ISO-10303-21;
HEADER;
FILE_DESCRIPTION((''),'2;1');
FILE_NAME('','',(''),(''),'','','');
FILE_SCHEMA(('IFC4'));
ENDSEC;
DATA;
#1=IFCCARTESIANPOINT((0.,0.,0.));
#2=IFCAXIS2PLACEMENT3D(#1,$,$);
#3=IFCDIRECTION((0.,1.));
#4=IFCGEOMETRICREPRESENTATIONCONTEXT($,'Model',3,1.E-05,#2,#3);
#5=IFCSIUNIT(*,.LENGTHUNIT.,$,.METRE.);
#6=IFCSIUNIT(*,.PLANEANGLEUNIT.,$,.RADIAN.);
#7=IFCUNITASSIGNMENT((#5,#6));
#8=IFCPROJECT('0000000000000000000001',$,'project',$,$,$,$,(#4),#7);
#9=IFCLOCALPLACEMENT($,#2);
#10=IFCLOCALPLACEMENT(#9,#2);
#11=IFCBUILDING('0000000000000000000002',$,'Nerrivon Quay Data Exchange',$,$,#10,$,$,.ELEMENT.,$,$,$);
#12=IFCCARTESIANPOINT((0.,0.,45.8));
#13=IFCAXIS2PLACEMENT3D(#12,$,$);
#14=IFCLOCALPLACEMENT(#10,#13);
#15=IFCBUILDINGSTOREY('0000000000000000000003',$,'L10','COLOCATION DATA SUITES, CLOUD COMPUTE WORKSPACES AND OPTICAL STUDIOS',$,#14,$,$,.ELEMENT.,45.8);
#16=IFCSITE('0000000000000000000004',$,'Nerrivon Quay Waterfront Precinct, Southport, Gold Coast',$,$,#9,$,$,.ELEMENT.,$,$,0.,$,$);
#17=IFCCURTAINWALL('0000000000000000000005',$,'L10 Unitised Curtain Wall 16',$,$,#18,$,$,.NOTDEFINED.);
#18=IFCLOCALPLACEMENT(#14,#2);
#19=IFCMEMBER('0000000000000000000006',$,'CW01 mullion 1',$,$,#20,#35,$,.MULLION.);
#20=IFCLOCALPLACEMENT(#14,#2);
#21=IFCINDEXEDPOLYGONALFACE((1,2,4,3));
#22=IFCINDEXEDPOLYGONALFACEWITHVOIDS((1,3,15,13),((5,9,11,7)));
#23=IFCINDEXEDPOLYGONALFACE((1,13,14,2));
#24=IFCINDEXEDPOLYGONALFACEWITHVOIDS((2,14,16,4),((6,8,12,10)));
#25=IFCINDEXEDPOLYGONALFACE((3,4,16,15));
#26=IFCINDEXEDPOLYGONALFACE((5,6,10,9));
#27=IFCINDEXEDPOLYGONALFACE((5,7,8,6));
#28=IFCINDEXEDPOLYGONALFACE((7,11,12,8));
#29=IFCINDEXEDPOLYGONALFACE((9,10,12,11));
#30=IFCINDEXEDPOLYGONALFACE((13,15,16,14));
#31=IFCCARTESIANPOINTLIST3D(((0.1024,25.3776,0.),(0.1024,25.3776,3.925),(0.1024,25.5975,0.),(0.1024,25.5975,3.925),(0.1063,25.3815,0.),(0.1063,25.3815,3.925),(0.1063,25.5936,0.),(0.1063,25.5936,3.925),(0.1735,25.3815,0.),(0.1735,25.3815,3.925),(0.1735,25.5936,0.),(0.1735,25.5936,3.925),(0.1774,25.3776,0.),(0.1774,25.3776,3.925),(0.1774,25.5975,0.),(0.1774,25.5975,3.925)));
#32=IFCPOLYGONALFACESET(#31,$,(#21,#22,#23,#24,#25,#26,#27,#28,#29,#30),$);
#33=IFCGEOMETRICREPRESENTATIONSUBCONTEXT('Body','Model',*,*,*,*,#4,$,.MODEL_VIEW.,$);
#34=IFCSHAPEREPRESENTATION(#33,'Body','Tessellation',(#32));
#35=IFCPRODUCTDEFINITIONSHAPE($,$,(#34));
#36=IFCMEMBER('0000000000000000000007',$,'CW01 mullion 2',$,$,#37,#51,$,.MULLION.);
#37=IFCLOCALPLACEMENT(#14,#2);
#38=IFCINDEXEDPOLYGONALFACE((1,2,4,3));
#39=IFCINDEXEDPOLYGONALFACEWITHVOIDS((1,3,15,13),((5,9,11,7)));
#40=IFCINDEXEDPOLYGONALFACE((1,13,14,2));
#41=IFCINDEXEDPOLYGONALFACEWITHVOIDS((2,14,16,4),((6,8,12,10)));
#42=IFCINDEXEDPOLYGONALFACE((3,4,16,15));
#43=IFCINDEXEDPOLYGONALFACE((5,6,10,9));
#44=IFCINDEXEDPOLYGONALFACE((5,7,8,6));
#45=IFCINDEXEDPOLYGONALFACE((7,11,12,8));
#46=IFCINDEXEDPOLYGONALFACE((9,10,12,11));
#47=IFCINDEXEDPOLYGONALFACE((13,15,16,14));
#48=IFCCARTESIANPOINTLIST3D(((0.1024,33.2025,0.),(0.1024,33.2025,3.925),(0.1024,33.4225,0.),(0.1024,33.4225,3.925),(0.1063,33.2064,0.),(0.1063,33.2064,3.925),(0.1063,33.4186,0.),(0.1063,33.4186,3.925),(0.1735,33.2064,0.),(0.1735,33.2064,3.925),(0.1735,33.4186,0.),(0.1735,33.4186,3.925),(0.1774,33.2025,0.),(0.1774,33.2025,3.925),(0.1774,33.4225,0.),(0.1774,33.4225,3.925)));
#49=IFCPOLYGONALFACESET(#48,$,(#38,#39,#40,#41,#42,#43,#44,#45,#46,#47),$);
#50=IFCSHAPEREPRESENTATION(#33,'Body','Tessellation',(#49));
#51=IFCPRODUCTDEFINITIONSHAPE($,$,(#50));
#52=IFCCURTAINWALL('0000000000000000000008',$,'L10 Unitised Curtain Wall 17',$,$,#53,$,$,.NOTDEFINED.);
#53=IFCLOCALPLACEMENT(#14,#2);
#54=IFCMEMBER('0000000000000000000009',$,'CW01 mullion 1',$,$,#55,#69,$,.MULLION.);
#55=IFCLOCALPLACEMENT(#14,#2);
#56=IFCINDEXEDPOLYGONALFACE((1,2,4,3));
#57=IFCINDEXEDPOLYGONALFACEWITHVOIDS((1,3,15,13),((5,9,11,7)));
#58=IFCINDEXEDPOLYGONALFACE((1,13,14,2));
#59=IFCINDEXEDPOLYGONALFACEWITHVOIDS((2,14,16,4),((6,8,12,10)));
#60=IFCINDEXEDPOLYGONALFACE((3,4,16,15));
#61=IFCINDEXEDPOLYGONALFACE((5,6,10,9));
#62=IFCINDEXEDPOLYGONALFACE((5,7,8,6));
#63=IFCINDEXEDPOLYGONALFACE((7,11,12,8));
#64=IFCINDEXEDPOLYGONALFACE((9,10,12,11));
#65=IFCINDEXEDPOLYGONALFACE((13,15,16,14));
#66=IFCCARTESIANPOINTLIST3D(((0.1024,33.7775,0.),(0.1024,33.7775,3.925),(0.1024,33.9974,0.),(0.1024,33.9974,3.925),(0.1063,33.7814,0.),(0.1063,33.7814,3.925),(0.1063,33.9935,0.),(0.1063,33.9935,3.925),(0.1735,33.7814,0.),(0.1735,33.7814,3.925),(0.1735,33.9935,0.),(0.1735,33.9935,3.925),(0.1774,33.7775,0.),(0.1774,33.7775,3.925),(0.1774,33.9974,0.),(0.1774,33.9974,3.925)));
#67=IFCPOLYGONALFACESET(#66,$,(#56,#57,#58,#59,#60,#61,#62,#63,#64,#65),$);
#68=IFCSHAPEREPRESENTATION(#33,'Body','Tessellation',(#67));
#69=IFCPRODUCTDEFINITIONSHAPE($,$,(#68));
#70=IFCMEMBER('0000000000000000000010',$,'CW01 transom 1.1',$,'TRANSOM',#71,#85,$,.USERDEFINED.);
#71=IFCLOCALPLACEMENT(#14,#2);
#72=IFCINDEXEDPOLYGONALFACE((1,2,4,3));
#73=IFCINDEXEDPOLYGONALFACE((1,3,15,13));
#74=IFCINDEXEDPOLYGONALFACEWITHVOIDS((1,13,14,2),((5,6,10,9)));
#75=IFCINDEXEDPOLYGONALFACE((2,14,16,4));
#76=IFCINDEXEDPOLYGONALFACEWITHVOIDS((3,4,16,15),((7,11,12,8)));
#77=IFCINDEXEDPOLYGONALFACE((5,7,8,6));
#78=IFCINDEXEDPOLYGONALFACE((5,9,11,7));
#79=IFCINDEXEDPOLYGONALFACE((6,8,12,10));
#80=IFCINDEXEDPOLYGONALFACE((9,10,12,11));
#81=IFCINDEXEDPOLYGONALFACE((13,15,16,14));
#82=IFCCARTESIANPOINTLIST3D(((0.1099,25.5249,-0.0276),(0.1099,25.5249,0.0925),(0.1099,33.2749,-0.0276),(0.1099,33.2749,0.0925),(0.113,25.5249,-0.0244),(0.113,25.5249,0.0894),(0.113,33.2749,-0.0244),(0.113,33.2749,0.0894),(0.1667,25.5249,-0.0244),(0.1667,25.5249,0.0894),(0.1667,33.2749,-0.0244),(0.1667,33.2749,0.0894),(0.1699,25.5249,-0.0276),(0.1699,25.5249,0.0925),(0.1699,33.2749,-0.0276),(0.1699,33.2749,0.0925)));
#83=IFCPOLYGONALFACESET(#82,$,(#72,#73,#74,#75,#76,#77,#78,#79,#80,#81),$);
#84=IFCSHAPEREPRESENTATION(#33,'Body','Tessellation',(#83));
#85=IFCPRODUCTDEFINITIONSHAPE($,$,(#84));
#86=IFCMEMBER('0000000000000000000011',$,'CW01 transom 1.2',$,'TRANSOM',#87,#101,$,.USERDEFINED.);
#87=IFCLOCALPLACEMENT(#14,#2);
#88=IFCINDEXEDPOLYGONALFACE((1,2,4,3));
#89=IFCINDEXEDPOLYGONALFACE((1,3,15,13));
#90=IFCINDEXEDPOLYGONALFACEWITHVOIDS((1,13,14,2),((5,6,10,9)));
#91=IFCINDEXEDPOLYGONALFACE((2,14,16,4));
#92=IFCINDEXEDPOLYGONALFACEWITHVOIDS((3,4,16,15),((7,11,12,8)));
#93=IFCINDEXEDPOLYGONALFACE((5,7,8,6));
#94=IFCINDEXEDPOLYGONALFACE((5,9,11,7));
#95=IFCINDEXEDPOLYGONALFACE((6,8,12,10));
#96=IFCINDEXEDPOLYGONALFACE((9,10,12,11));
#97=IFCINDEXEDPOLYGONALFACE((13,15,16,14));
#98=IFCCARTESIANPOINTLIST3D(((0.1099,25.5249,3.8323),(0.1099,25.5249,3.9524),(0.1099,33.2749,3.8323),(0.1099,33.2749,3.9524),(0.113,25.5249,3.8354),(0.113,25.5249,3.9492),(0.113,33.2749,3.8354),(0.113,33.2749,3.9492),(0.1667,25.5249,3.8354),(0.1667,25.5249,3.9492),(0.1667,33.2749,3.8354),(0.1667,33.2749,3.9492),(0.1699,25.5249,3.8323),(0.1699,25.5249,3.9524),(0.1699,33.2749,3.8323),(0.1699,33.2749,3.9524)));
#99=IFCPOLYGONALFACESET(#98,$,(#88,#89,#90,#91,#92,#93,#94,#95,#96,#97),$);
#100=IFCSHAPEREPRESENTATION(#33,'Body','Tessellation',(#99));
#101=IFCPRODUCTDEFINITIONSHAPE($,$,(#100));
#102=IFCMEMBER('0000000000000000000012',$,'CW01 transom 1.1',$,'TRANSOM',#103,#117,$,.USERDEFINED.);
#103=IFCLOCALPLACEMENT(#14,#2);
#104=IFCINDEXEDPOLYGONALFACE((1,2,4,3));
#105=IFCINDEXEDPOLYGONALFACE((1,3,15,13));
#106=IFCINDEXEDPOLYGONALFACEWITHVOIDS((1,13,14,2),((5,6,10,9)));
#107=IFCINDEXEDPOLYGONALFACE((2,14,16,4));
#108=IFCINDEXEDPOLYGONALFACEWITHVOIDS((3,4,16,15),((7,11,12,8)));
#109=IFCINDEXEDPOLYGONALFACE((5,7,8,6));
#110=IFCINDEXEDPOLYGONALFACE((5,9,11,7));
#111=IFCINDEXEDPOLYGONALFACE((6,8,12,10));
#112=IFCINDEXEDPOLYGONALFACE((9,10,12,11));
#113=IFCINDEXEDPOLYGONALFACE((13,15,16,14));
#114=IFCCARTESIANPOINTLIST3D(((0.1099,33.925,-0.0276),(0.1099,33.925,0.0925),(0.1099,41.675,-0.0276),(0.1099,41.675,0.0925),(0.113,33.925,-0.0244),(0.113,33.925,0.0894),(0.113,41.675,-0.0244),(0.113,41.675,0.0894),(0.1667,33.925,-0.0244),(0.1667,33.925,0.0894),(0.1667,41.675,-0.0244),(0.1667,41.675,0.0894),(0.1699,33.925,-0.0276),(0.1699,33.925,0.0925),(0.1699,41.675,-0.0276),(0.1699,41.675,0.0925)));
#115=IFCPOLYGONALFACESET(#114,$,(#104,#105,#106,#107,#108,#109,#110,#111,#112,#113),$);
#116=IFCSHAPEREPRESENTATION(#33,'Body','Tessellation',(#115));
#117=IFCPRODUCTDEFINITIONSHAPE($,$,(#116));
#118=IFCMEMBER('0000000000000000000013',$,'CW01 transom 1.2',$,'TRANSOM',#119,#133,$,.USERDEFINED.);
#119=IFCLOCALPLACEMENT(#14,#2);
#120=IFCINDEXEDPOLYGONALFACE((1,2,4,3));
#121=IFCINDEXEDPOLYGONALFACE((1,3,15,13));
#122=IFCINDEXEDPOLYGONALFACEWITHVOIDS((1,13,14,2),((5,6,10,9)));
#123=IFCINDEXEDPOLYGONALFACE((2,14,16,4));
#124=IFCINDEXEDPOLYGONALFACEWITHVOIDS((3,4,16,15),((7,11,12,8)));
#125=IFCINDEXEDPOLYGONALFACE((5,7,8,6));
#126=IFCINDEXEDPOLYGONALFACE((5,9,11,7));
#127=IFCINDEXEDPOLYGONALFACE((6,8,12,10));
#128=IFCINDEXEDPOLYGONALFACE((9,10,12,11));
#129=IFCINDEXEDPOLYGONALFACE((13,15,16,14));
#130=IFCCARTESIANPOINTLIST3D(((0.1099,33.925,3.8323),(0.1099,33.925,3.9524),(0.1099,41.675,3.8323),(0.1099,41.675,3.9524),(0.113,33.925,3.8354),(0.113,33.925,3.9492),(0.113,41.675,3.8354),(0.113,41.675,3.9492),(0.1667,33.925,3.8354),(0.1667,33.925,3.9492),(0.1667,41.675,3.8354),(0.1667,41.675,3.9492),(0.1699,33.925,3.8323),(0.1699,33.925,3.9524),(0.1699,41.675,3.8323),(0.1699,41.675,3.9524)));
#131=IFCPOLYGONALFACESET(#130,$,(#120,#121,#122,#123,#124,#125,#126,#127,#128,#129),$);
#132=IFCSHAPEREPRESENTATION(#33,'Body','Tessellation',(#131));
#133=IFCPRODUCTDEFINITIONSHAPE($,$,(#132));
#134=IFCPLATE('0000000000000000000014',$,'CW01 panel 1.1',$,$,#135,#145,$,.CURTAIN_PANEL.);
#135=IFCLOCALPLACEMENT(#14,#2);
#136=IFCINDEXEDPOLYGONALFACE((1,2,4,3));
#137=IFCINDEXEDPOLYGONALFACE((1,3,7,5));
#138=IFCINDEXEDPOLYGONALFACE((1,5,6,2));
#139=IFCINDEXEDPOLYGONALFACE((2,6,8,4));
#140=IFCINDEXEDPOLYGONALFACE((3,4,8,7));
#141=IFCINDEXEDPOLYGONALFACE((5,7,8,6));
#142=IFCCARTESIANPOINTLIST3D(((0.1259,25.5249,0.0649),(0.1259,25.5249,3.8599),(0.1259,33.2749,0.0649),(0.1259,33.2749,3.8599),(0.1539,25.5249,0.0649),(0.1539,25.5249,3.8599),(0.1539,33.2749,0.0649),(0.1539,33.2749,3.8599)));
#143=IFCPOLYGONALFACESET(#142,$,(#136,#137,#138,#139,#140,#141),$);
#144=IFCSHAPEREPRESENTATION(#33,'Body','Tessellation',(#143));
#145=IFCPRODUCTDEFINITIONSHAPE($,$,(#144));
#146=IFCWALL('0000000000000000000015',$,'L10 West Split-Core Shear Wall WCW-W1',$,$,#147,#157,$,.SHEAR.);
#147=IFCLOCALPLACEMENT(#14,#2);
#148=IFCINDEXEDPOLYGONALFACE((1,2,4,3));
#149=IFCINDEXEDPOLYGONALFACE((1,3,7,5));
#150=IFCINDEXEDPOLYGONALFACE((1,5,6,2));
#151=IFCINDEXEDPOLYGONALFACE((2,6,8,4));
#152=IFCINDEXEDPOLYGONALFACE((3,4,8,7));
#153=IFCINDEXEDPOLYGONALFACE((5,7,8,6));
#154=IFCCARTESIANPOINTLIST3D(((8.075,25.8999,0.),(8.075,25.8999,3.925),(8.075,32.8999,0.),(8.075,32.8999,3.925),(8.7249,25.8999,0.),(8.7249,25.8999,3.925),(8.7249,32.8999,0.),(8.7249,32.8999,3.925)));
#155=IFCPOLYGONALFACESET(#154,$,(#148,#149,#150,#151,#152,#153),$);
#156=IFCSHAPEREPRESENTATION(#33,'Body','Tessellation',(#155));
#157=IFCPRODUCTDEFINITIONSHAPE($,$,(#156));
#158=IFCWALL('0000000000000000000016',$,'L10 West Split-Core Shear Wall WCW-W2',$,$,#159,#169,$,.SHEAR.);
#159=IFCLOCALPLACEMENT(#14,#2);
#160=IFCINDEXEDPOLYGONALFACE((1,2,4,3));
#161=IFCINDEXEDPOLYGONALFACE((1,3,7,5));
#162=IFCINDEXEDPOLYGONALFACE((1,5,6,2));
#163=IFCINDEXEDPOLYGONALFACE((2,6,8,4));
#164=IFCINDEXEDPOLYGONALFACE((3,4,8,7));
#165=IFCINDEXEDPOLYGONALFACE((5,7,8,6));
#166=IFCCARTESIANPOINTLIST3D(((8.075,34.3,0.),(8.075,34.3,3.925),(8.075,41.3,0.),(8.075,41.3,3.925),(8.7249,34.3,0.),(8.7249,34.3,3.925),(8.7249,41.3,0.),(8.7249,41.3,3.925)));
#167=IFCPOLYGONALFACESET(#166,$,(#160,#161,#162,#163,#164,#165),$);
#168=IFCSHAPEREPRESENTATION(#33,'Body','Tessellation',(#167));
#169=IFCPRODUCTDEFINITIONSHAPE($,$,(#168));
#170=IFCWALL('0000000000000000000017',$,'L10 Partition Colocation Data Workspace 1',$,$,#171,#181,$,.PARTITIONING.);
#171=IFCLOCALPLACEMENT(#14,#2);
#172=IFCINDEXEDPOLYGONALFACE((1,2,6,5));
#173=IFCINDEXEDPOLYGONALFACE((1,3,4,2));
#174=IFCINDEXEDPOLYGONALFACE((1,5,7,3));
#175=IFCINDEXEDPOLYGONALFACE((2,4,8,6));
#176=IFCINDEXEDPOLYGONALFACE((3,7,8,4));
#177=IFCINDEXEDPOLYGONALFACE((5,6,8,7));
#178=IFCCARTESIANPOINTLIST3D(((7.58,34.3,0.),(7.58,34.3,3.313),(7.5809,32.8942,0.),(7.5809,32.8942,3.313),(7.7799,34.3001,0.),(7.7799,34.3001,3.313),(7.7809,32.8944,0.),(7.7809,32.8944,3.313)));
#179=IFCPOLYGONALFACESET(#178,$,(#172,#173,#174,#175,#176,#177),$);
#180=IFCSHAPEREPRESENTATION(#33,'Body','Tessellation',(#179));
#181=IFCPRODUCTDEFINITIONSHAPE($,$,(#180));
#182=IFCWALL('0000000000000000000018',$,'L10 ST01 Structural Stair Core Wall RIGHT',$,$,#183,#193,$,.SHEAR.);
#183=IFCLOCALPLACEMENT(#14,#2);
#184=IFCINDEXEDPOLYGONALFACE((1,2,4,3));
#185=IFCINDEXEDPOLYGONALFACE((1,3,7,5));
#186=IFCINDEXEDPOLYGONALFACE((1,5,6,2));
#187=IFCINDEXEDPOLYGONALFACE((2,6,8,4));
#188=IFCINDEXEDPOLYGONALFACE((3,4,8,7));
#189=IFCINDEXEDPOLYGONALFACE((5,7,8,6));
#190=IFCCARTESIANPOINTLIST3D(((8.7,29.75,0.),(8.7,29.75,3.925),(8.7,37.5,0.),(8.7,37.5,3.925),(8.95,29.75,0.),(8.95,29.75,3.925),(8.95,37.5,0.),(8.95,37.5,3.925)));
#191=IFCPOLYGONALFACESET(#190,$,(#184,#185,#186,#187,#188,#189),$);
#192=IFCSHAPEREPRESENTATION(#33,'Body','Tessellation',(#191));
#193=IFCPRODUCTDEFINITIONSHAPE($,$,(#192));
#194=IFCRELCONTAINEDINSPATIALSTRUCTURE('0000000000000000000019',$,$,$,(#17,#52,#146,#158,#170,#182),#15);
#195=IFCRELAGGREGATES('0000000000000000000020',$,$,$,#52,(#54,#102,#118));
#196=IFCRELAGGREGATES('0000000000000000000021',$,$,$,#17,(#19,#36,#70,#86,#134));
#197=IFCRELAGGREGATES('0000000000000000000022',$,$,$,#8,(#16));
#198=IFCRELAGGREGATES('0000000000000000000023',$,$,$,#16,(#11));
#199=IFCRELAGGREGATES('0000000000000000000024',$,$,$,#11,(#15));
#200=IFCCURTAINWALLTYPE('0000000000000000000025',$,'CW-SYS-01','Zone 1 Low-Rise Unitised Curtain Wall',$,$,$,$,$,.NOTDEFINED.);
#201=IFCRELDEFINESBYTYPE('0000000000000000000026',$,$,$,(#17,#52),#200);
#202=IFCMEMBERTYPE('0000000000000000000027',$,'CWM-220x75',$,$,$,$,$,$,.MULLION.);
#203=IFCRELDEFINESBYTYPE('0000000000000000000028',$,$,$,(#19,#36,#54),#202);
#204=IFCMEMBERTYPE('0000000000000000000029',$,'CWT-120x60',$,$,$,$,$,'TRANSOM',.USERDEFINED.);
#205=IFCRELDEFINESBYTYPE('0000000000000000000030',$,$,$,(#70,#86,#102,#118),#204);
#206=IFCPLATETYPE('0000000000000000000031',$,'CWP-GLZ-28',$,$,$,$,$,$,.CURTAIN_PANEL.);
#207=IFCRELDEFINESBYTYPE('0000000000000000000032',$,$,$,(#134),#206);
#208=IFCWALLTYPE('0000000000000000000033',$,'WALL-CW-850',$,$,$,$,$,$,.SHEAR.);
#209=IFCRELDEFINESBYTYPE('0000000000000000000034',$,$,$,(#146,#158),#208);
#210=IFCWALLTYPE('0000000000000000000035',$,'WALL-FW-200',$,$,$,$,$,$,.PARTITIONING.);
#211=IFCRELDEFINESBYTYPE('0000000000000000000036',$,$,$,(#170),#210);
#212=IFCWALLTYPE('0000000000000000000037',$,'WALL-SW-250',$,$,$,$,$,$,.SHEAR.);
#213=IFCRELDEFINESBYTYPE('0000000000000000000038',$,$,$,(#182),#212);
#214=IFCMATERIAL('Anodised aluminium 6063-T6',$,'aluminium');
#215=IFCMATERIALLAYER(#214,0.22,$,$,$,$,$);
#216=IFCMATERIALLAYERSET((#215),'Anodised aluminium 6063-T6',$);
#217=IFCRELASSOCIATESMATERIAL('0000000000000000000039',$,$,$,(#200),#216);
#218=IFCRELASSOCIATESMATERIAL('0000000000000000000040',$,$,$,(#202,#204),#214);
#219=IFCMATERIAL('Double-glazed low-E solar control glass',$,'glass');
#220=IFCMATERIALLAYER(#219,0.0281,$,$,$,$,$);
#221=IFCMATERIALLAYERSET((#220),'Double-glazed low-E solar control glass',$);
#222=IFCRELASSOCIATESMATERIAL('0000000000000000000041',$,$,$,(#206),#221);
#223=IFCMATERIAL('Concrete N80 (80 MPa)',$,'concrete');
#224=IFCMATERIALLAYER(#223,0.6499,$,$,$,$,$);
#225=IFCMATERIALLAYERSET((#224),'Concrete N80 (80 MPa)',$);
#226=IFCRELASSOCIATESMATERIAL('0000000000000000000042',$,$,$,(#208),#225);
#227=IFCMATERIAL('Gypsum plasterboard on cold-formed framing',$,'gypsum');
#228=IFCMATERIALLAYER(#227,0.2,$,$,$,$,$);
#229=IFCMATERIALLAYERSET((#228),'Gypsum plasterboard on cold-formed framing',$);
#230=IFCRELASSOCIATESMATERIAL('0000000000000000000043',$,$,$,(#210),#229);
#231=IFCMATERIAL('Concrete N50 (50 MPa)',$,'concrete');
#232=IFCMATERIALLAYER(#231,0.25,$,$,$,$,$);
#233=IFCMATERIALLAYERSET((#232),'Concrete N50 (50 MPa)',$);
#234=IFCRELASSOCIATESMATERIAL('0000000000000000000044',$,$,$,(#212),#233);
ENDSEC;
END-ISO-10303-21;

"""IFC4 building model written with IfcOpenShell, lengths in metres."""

from ifc_helpers import new_model, si_unit, direction, frame, frame_2d, origin, origin_2d, place, context, subcontext, project, spatial, rectangle, hollow_rectangle, extrude, material, layer, layer_set, material_profile, profile_set, type_object, element, aggregate, save


model = new_model("IFC4")

# Units and contexts
model_context = context("Model", 3, precision=1e-05, world=origin(), true_north=direction((0.0, 1.0)))
body_context = subcontext(model_context, "Body", "Model", "MODEL_VIEW")
ifc_project = project(units=[si_unit("LENGTHUNIT", "METRE"), si_unit("PLANEANGLEUNIT", "RADIAN")], contexts=[model_context])

# Site, building, storey
site_placement = place(None, origin())
site = spatial("IfcSite", under=ifc_project, at=site_placement, Name="Nerrivon Quay Waterfront Precinct, Southport, Gold Coast", CompositionType="ELEMENT", RefElevation=0.0)
building_placement = place(site_placement, origin())
building = spatial("IfcBuilding", under=site, at=building_placement, Name="Nerrivon Quay Data Exchange", CompositionType="ELEMENT")
storey_placement = place(building_placement, frame((0.0, 0.0, 45.8)))
storey = spatial("IfcBuildingStorey", under=building, at=storey_placement, Name="L10", Description="COLOCATION DATA SUITES, CLOUD COMPUTE WORKSPACES AND OPTICAL STUDIOS", CompositionType="ELEMENT", Elevation=45.8)

# Shared definitions
ifc_material_1 = material(Name="Concrete N80 (80 MPa)", Category="concrete")

# Curtain wall, members
ifc_material_2 = material(Name="Anodised aluminium 6063-T6", Category="aluminium")
ifc_layer_1 = layer(ifc_material_2, 0.22)
ifc_layer_set_1 = layer_set([ifc_layer_1], Name="Anodised aluminium 6063-T6")
curtain_wall_type = type_object("IfcCurtainWallType", Name="CW-SYS-01", Description="Zone 1 Low-Rise Unitised Curtain Wall", PredefinedType="NOTDEFINED", material=ifc_layer_set_1)
curtain_wall_1_placement = place(storey_placement, origin())
curtain_wall_1 = element("IfcCurtainWall", 1, at=curtain_wall_1_placement, inside=storey, type_object=curtain_wall_type, Name="L10 Unitised Curtain Wall 16", PredefinedType="NOTDEFINED")
ifc_material_profile_1 = material_profile(ifc_material_2, hollow_rectangle(XDim=0.075, YDim=0.22, WallThickness=0.0039, at=origin_2d()), Name="ALU-MULL-220x75")
ifc_profile_set_1 = profile_set([ifc_material_profile_1], Name="Anodised aluminium 6063-T6")
member_type_1 = type_object("IfcMemberType", Name="CWM-220x75", PredefinedType="MULLION", material=ifc_profile_set_1)
member_1_placement = place(storey_placement, frame((0.1399, 25.4875, 0.0), z_axis=(0.0, 0.0, 1.0), x_axis=(-1.0, 0.0, 0.0)))
member_1 = element("IfcMember", 2, at=member_1_placement, type_object=member_type_1, Name="CW01 mullion 1", PredefinedType="MULLION", context=body_context, shape_type="SweptSolid", body=[
    extrude(hollow_rectangle(XDim=0.075, YDim=0.22, WallThickness=0.0039, at=origin_2d()), origin(), (0.0, 0.0, 1.0), 3.925),
])
member_2_placement = place(storey_placement, frame((0.1399, 33.3125, 0.0), z_axis=(0.0, 0.0, 1.0), x_axis=(-1.0, 0.0, 0.0)))
member_2 = element("IfcMember", 3, at=member_2_placement, type_object=member_type_1, Name="CW01 mullion 2", PredefinedType="MULLION", context=body_context, shape_type="SweptSolid", body=[
    extrude(hollow_rectangle(XDim=0.075, YDim=0.22, WallThickness=0.0039, at=origin_2d()), origin(), (0.0, 0.0, 1.0), 3.925),
])

# Curtain wall, member
curtain_wall_2_placement = place(storey_placement, origin())
curtain_wall_2 = element("IfcCurtainWall", 4, at=curtain_wall_2_placement, inside=storey, type_object=curtain_wall_type, Name="L10 Unitised Curtain Wall 17", PredefinedType="NOTDEFINED")
member_3_placement = place(storey_placement, frame((0.1399, 33.8875, 0.0), z_axis=(0.0, 0.0, 1.0), x_axis=(-1.0, 0.0, 0.0)))
member_3 = element("IfcMember", 5, at=member_3_placement, type_object=member_type_1, Name="CW01 mullion 1", PredefinedType="MULLION", context=body_context, shape_type="SweptSolid", body=[
    extrude(hollow_rectangle(XDim=0.075, YDim=0.22, WallThickness=0.0039, at=origin_2d()), origin(), (0.0, 0.0, 1.0), 3.925),
])

# Members
ifc_material_profile_2 = material_profile(ifc_material_2, hollow_rectangle(XDim=0.0601, YDim=0.1201, WallThickness=0.0032, at=origin_2d()), Name="ALU-TRAN-120x60")
ifc_profile_set_2 = profile_set([ifc_material_profile_2], Name="Anodised aluminium 6063-T6")
member_type_2 = type_object("IfcMemberType", Name="CWT-120x60", ElementType="TRANSOM", PredefinedType="USERDEFINED", material=ifc_profile_set_2)
member_4_placement = place(storey_placement, frame((0.1399, 25.5249, 0.0325), z_axis=(0.0, 1.0, 0.0), x_axis=(-1.0, 0.0, 0.0)))
member_4 = element("IfcMember", 6, at=member_4_placement, type_object=member_type_2, Name="CW01 transom 1.1", ObjectType="TRANSOM", PredefinedType="USERDEFINED", context=body_context, shape_type="SweptSolid", body=[
    extrude(hollow_rectangle(XDim=0.0601, YDim=0.1201, WallThickness=0.0032, at=origin_2d()), origin(), (0.0, 0.0, 1.0), 7.75),
])
member_5_placement = place(storey_placement, frame((0.1399, 25.5249, 3.8923), z_axis=(0.0, 1.0, 0.0), x_axis=(-1.0, 0.0, 0.0)))
member_5 = element("IfcMember", 7, at=member_5_placement, type_object=member_type_2, Name="CW01 transom 1.2", ObjectType="TRANSOM", PredefinedType="USERDEFINED", context=body_context, shape_type="SweptSolid", body=[
    extrude(hollow_rectangle(XDim=0.0601, YDim=0.1201, WallThickness=0.0032, at=origin_2d()), origin(), (0.0, 0.0, 1.0), 7.75),
])
member_6_placement = place(storey_placement, frame((0.1399, 33.925, 0.0325), z_axis=(0.0, 1.0, 0.0), x_axis=(-1.0, 0.0, 0.0)))
member_6 = element("IfcMember", 8, at=member_6_placement, type_object=member_type_2, Name="CW01 transom 1.1", ObjectType="TRANSOM", PredefinedType="USERDEFINED", context=body_context, shape_type="SweptSolid", body=[
    extrude(hollow_rectangle(XDim=0.0601, YDim=0.1201, WallThickness=0.0032, at=origin_2d()), origin(), (0.0, 0.0, 1.0), 7.75),
])
member_7_placement = place(storey_placement, frame((0.1399, 33.925, 3.8923), z_axis=(0.0, 1.0, 0.0), x_axis=(-1.0, 0.0, 0.0)))
member_7 = element("IfcMember", 9, at=member_7_placement, type_object=member_type_2, Name="CW01 transom 1.2", ObjectType="TRANSOM", PredefinedType="USERDEFINED", context=body_context, shape_type="SweptSolid", body=[
    extrude(hollow_rectangle(XDim=0.0601, YDim=0.1201, WallThickness=0.0032, at=origin_2d()), origin(), (0.0, 0.0, 1.0), 7.75),
])
aggregate(curtain_wall_2, [member_3, member_6, member_7])

# Plate
ifc_material_3 = material(Name="Double-glazed low-E solar control glass", Category="glass")
ifc_layer_2 = layer(ifc_material_3, 0.0281)
ifc_layer_set_2 = layer_set([ifc_layer_2], Name="Double-glazed low-E solar control glass")
plate_type = type_object("IfcPlateType", Name="CWP-GLZ-28", PredefinedType="CURTAIN_PANEL", material=ifc_layer_set_2)
plate_placement = place(storey_placement, frame((0.1399, 29.3999, 0.0649), z_axis=(0.0, 0.0, 1.0), x_axis=(0.0, 1.0, 0.0)))
plate = element("IfcPlate", 10, at=plate_placement, type_object=plate_type, Name="CW01 panel 1.1", PredefinedType="CURTAIN_PANEL", context=body_context, shape_type="SweptSolid", body=[
    extrude(rectangle(XDim=7.75, YDim=0.0281, at=origin_2d()), origin(), (0.0, 0.0, 1.0), 3.7949),
])
aggregate(curtain_wall_1, [member_1, member_2, member_4, member_5, plate])

# Walls
ifc_layer_3 = layer(ifc_material_1, 0.6499)
ifc_layer_set_3 = layer_set([ifc_layer_3], Name="Concrete N80 (80 MPa)")
wall_type_1 = type_object("IfcWallType", Name="WALL-CW-850", PredefinedType="SHEAR", material=ifc_layer_set_3)
for number, where, z_axis, x_axis, name in (
    (11, (8.3999, 25.8999, 0.0), (0.0, 0.0, 1.0), (0.0, 1.0, 0.0), "L10 West Split-Core Shear Wall WCW-W1"),
    (12, (8.3999, 34.3, 0.0), (0.0, 0.0, 1.0), (0.0, 1.0, 0.0), "L10 West Split-Core Shear Wall WCW-W2"),
):
    element("IfcWall", number, at=place(storey_placement, frame(where, z_axis=z_axis, x_axis=x_axis)), inside=storey, type_object=wall_type_1, Name=name, PredefinedType="SHEAR", context=body_context, shape_type="SweptSolid", body=[
        extrude(rectangle(XDim=7.0, YDim=0.6499, at=frame_2d((3.5, 0.0))), origin(), (0.0, 0.0, 1.0), 3.925),
    ])

# Walls
ifc_material_4 = material(Name="Gypsum plasterboard on cold-formed framing", Category="gypsum")
ifc_layer_4 = layer(ifc_material_4, 0.2)
ifc_layer_set_4 = layer_set([ifc_layer_4], Name="Gypsum plasterboard on cold-formed framing")
wall_type_2 = type_object("IfcWallType", Name="WALL-FW-200", PredefinedType="PARTITIONING", material=ifc_layer_set_4)
wall_1_placement = place(storey_placement, frame((7.6809, 32.8943, 0.0), z_axis=(0.0, 0.0, 1.0), x_axis=(-0.000695, 1.0, 0.0)))
element("IfcWall", 13, at=wall_1_placement, inside=storey, type_object=wall_type_2, Name="L10 Partition Colocation Data Workspace 1", PredefinedType="PARTITIONING", context=body_context, shape_type="SweptSolid", body=[
    extrude(rectangle(XDim=1.4058, YDim=0.2, at=frame_2d((0.7029, 0.0))), origin(), (0.0, 0.0, 1.0), 3.313),
])
ifc_material_5 = material(Name="Concrete N50 (50 MPa)", Category="concrete")
ifc_layer_5 = layer(ifc_material_5, 0.25)
ifc_layer_set_5 = layer_set([ifc_layer_5], Name="Concrete N50 (50 MPa)")
wall_type_3 = type_object("IfcWallType", Name="WALL-SW-250", PredefinedType="SHEAR", material=ifc_layer_set_5)
wall_2_placement = place(storey_placement, frame((8.825, 29.75, 0.0), z_axis=(0.0, 0.0, 1.0), x_axis=(0.0, 1.0, 0.0)))
element("IfcWall", 14, at=wall_2_placement, inside=storey, type_object=wall_type_3, Name="L10 ST01 Structural Stair Core Wall RIGHT", PredefinedType="SHEAR", context=body_context, shape_type="SweptSolid", body=[
    extrude(rectangle(XDim=7.75, YDim=0.25, at=frame_2d((3.875, 0.0))), origin(), (0.0, 0.0, 1.0), 3.925),
])

save(model, "model.ifc")
